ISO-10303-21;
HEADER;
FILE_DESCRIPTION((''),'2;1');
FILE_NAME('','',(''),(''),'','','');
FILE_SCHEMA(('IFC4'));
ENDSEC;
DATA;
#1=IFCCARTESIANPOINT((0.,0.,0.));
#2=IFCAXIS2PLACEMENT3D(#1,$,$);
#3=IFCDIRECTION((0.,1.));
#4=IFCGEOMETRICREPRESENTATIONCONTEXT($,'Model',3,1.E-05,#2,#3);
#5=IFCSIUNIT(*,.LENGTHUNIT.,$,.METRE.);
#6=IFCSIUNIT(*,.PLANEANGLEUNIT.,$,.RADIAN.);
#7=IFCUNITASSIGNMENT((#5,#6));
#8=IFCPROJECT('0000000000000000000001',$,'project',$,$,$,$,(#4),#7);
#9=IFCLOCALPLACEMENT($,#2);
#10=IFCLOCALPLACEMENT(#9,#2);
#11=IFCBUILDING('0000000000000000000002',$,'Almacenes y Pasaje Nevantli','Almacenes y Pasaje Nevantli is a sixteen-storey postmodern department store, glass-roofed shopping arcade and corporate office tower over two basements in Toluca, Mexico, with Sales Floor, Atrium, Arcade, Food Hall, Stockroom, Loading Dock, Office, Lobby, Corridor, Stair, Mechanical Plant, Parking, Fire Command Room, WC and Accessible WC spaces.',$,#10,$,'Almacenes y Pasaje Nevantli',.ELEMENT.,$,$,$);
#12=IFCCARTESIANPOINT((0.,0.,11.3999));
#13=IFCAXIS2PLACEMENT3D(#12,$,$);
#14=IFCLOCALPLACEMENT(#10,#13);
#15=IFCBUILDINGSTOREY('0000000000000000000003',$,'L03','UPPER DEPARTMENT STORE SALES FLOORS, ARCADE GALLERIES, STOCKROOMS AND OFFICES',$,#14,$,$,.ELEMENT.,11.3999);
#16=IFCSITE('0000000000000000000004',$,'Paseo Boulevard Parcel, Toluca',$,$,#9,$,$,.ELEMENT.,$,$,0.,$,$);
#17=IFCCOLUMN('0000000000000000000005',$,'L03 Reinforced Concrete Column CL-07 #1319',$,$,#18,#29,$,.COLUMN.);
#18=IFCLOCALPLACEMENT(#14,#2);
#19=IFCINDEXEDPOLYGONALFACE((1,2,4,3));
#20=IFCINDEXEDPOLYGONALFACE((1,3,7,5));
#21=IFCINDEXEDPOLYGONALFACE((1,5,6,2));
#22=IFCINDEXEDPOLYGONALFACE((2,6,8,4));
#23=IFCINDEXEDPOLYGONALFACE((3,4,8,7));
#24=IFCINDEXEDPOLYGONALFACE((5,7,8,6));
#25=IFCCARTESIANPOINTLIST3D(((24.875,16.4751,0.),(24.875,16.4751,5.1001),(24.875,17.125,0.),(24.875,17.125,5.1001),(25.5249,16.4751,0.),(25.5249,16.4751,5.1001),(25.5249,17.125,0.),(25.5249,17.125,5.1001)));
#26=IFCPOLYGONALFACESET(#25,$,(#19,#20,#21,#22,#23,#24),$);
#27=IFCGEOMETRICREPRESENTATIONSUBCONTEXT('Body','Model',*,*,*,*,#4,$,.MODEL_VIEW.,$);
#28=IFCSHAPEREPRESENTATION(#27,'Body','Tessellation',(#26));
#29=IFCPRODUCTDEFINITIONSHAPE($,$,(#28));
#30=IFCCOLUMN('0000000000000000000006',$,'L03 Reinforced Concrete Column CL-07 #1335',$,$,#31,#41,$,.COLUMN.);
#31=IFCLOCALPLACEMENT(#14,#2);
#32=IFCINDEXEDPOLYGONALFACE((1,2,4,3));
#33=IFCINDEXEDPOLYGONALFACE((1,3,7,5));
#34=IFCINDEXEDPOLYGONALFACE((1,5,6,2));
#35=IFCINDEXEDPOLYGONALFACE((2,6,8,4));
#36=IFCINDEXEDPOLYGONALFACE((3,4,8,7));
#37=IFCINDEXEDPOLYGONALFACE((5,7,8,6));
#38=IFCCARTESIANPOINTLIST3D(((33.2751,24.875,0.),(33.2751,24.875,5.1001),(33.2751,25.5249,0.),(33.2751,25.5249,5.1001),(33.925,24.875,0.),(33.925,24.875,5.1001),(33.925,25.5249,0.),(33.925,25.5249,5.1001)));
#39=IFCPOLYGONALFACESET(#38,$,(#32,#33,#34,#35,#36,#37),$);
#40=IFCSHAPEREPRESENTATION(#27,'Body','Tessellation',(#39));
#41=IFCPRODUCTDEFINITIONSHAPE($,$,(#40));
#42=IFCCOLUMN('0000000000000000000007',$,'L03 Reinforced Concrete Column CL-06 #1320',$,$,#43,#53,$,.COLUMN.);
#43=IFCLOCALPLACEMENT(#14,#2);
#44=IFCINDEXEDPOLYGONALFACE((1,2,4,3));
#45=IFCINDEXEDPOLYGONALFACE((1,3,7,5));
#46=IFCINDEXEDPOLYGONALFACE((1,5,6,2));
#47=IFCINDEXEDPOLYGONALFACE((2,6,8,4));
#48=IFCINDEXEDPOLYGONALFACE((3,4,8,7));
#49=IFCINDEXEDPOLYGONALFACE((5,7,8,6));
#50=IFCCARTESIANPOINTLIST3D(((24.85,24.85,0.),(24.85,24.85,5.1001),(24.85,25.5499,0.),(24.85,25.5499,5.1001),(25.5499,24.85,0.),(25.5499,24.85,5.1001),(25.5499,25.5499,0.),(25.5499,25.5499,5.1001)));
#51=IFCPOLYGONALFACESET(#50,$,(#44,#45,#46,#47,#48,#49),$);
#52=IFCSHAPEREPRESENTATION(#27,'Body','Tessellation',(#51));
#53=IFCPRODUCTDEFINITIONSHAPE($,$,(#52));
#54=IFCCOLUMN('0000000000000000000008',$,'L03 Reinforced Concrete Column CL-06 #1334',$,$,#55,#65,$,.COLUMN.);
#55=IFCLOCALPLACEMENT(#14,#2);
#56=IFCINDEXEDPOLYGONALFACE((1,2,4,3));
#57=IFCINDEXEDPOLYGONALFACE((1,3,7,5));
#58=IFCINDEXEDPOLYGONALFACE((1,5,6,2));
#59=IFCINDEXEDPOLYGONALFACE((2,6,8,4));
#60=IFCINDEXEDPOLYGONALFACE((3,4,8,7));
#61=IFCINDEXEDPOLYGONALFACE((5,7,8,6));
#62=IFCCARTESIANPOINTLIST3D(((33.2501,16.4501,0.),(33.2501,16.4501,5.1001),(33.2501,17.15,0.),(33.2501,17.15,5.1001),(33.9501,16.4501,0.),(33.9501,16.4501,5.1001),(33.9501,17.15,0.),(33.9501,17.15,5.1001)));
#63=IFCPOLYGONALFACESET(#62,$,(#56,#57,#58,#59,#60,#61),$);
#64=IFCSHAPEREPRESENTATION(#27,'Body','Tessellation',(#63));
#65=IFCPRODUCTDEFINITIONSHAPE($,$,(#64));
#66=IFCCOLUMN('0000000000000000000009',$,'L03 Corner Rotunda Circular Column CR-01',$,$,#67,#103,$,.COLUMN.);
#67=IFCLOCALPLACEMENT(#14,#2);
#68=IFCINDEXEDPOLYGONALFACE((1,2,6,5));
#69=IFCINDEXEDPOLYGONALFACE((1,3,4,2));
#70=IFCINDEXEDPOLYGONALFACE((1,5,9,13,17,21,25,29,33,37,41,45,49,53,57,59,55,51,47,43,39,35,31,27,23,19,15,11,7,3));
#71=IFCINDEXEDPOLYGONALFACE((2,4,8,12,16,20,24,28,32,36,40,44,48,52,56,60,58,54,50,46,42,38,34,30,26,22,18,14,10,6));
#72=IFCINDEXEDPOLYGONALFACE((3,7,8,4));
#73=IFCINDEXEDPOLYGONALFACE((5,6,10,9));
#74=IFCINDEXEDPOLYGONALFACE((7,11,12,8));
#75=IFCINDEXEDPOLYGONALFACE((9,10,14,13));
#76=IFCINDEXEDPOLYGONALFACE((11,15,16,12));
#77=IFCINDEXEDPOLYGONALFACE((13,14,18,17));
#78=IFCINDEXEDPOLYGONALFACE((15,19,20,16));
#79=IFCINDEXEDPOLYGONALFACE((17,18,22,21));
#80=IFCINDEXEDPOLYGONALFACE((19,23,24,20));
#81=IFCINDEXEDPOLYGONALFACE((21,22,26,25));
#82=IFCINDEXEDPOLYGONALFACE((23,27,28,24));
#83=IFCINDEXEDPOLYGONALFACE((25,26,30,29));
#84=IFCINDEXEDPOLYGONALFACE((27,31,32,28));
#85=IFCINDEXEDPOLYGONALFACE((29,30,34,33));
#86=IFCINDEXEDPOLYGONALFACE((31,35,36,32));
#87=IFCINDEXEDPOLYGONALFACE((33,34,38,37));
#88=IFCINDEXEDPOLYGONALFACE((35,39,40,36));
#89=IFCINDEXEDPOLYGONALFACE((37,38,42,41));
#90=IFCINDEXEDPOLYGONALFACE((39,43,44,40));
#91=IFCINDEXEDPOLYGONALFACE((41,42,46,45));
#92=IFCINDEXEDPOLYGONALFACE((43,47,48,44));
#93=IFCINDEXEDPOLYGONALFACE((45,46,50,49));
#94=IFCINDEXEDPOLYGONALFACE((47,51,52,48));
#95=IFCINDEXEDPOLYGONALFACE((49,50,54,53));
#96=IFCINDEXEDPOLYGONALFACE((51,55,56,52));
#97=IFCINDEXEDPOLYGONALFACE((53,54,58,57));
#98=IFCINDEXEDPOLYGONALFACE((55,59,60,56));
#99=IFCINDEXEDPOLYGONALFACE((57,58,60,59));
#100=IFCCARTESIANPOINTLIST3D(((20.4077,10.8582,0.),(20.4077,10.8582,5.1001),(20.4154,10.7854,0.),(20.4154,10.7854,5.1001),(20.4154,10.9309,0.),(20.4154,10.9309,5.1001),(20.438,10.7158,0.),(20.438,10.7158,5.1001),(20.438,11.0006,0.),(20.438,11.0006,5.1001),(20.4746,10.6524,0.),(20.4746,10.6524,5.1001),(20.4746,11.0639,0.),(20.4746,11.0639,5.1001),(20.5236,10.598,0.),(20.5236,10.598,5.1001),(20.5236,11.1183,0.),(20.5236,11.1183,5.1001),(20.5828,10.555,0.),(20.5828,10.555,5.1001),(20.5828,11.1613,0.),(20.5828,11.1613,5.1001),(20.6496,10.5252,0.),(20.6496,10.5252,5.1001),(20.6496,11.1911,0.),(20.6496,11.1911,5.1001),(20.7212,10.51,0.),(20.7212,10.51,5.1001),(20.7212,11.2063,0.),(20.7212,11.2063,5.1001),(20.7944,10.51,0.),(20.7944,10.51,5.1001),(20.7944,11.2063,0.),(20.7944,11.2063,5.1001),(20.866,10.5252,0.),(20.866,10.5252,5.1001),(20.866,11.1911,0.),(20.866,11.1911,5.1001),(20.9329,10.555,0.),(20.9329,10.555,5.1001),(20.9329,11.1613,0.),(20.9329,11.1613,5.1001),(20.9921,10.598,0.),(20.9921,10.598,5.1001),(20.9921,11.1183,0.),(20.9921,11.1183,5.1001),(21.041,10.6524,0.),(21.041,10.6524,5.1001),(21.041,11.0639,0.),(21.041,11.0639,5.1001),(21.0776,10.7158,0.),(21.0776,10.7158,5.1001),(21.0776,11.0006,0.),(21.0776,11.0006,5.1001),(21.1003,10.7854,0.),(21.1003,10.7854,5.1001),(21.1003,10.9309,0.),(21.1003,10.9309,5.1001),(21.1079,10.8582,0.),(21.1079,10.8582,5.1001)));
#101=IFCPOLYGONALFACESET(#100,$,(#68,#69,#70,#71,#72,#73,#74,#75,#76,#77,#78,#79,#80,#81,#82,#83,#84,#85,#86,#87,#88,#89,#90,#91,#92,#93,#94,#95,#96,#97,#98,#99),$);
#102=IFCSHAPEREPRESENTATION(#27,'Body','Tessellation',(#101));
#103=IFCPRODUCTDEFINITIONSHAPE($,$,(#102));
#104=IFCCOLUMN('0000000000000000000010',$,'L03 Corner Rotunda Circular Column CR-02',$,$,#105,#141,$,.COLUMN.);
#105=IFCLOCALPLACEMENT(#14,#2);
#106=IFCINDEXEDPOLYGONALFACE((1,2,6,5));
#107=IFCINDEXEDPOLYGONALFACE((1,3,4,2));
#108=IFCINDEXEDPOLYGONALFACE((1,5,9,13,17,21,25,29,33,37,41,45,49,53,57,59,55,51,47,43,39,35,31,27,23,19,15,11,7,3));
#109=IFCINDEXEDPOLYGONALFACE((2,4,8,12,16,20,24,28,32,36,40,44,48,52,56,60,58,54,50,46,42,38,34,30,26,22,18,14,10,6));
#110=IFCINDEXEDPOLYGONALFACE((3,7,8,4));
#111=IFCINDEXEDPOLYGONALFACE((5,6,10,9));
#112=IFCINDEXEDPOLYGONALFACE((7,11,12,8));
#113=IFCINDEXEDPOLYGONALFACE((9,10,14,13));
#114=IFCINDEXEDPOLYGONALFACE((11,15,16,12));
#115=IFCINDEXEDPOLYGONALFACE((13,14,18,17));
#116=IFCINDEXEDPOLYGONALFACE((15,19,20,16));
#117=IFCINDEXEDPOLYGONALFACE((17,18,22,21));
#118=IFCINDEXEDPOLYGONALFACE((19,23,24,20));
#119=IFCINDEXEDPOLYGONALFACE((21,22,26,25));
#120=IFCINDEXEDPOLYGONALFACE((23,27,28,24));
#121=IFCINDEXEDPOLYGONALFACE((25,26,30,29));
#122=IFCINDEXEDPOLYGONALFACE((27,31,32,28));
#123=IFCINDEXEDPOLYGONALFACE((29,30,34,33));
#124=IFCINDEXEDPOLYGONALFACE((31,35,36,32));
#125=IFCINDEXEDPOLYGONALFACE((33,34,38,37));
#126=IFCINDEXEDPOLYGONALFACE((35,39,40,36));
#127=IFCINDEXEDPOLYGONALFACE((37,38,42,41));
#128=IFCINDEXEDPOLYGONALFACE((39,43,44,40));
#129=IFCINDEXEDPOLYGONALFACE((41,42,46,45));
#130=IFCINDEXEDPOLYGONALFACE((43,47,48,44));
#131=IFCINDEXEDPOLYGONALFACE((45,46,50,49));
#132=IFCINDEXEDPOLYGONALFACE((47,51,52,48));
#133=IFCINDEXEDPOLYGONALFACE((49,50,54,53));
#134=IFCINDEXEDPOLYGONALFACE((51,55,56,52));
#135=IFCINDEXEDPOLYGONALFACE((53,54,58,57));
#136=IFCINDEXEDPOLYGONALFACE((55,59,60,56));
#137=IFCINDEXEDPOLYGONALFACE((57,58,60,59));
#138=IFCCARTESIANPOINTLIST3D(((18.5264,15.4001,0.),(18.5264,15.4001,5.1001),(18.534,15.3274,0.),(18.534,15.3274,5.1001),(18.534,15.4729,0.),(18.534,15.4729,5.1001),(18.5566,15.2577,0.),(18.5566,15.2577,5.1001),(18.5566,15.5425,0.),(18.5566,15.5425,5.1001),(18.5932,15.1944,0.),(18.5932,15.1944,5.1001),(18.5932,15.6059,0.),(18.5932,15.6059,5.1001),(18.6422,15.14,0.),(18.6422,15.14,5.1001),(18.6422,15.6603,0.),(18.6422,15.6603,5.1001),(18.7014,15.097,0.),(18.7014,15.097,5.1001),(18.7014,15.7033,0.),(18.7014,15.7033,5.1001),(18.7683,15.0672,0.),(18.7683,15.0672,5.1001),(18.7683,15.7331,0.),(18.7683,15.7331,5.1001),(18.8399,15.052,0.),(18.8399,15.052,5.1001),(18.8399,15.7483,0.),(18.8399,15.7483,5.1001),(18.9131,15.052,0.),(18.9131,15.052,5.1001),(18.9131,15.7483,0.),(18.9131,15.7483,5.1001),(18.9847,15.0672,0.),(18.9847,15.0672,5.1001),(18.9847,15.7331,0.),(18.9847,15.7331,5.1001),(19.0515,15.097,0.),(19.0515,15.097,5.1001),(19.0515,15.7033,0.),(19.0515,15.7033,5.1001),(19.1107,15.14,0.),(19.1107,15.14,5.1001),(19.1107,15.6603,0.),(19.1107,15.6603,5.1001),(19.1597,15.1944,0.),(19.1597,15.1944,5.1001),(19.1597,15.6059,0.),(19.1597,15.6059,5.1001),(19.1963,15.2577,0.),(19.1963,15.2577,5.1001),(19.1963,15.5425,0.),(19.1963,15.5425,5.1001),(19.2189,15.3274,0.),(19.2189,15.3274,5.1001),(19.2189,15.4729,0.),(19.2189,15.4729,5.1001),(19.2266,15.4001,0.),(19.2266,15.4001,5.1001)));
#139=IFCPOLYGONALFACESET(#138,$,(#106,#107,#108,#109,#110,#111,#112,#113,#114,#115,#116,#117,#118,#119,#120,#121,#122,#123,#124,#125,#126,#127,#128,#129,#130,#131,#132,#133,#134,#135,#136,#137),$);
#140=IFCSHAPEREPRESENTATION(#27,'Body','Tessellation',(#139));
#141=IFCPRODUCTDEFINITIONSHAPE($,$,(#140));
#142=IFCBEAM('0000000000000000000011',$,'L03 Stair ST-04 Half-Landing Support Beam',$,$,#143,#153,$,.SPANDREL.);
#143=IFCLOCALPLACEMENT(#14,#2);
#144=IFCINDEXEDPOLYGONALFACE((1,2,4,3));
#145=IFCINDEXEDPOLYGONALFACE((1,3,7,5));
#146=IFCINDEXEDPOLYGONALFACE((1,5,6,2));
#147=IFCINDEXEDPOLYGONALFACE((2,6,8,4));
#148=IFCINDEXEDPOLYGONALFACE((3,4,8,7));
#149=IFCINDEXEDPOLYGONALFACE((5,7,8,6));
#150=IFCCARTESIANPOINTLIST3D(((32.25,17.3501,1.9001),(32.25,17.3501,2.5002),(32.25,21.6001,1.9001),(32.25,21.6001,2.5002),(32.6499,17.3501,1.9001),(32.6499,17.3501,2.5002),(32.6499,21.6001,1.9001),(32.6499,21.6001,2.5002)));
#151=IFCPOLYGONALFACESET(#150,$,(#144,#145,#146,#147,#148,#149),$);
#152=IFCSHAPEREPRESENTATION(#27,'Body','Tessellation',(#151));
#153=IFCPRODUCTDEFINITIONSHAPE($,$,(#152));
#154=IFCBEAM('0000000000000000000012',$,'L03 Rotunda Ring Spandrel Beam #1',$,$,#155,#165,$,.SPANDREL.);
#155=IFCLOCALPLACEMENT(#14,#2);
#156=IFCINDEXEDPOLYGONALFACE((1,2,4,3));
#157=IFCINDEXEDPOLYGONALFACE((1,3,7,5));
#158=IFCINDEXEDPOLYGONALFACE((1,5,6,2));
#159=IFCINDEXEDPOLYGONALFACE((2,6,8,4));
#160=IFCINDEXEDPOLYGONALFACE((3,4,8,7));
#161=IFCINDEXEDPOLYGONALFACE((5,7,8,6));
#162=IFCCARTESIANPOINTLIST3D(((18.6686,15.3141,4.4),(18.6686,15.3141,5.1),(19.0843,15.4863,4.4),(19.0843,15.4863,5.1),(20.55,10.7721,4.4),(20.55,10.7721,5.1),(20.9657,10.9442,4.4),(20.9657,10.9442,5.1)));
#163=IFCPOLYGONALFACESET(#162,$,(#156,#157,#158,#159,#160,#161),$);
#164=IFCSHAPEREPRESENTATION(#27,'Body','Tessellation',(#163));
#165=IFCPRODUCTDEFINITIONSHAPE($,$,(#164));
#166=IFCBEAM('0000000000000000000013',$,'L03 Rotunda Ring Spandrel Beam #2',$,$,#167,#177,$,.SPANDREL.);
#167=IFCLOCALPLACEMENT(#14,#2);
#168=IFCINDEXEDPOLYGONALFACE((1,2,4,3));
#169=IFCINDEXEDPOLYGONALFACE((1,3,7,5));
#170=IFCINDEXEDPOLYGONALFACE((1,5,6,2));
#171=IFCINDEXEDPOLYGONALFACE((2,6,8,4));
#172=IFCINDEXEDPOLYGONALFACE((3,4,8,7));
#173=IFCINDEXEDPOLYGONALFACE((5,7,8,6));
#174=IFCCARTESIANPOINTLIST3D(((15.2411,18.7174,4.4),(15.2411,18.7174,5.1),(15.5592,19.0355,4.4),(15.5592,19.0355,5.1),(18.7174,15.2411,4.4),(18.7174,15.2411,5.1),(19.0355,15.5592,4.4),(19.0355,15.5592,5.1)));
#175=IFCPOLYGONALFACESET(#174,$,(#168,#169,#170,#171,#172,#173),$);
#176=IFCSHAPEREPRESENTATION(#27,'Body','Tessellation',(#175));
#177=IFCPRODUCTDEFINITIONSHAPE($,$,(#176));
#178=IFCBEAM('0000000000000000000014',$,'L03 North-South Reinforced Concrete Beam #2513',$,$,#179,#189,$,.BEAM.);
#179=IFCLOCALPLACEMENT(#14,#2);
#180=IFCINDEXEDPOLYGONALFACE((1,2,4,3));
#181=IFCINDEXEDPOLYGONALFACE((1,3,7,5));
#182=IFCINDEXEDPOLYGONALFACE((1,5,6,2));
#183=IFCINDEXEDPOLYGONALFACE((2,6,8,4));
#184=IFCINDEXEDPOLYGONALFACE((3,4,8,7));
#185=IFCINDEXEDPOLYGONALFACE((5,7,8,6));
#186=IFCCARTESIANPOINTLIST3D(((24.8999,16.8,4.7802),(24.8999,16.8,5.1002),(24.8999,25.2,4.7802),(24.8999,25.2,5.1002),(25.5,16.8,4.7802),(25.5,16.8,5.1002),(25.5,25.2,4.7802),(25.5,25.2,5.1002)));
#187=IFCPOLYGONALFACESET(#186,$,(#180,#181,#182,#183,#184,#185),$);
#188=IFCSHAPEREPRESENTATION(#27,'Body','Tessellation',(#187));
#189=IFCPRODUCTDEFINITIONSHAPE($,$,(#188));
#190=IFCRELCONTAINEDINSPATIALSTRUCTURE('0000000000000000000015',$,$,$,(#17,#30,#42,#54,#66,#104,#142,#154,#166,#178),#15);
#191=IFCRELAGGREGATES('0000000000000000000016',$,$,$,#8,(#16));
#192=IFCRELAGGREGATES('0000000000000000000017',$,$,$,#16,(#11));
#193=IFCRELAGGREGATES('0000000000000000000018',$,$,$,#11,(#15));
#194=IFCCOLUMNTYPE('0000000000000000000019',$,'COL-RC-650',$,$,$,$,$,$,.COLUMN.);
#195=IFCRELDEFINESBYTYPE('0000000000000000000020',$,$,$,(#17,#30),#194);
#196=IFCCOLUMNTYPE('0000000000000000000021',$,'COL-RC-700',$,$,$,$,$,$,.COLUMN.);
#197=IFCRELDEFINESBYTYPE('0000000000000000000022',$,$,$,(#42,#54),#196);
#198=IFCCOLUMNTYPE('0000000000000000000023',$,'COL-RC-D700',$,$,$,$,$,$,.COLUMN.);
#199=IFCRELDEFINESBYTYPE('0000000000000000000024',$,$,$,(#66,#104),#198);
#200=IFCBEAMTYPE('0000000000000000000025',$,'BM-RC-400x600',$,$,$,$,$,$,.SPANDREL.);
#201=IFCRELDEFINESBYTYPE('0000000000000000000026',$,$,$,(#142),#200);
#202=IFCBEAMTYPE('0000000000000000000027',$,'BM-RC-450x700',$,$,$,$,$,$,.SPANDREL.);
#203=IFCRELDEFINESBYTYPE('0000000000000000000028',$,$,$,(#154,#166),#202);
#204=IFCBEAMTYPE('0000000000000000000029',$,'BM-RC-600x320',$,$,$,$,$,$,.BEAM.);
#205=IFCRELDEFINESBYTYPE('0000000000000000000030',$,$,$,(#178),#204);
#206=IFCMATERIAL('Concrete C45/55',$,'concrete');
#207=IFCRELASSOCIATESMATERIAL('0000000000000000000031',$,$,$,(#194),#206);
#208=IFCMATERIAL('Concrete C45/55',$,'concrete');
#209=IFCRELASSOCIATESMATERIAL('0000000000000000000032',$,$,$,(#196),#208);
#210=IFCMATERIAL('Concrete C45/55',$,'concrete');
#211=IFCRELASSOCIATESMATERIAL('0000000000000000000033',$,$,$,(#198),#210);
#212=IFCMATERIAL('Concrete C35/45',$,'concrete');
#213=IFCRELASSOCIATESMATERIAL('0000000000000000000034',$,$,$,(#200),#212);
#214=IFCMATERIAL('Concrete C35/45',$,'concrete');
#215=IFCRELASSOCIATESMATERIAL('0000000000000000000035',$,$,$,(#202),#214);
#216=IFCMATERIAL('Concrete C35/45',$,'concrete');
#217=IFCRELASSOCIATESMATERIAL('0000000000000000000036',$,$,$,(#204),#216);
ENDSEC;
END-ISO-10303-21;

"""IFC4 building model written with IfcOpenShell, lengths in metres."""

from ifc_helpers import new_model, si_unit, direction, frame, origin, origin_2d, place, context, subcontext, project, spatial, rectangle, circle, extrude, material, material_profile, profile_set, type_object, element, save


model = new_model("IFC4")

# Units and contexts
model_context = context("Model", 3, precision=1e-05, world=origin(), true_north=direction((0.0, 1.0)))
body_context = subcontext(model_context, "Body", "Model", "MODEL_VIEW")
ifc_project = project(units=[si_unit("LENGTHUNIT", "METRE"), si_unit("PLANEANGLEUNIT", "RADIAN")], contexts=[model_context])

# Site, building, storey
site_placement = place(None, origin())
site = spatial("IfcSite", under=ifc_project, at=site_placement, Name="Paseo Boulevard Parcel, Toluca", CompositionType="ELEMENT", RefElevation=0.0)
building_placement = place(site_placement, origin())
building = spatial("IfcBuilding", under=site, at=building_placement, Name="Almacenes y Pasaje Nevantli", Description="Almacenes y Pasaje Nevantli is a sixteen-storey postmodern department store, glass-roofed shopping arcade and corporate office tower over two basements in Toluca, Mexico, with Sales Floor, Atrium, Arcade, Food Hall, Stockroom, Loading Dock, Office, Lobby, Corridor, Stair, Mechanical Plant, Parking, Fire Command Room, WC and Accessible WC spaces.", LongName="Almacenes y Pasaje Nevantli", CompositionType="ELEMENT")
storey_placement = place(building_placement, frame((0.0, 0.0, 11.3999)))
storey = spatial("IfcBuildingStorey", under=building, at=storey_placement, Name="L03", Description="UPPER DEPARTMENT STORE SALES FLOORS, ARCADE GALLERIES, STOCKROOMS AND OFFICES", CompositionType="ELEMENT", Elevation=11.3999)

# Columns
ifc_material_1 = material(Name="Concrete C45/55", Category="concrete")
ifc_material_profile_1 = material_profile(ifc_material_1, rectangle(XDim=0.6499, YDim=0.6499, at=origin_2d()), Name="RC-COL-650x650")
ifc_profile_set_1 = profile_set([ifc_material_profile_1], Name="Concrete C45/55")
column_type_1 = type_object("IfcColumnType", Name="COL-RC-650", PredefinedType="COLUMN", material=ifc_profile_set_1)
for number, where, z_axis, x_axis, name in (
    (1, (25.2, 16.8, 0.0), (0.0, 0.0, 1.0), (1.0, 0.0, 0.0), "L03 Reinforced Concrete Column CL-07 #1319"),
    (2, (33.6001, 25.2, 0.0), (0.0, 0.0, 1.0), (1.0, 0.0, 0.0), "L03 Reinforced Concrete Column CL-07 #1335"),
):
    element("IfcColumn", number, at=place(storey_placement, frame(where, z_axis=z_axis, x_axis=x_axis)), inside=storey, type_object=column_type_1, Name=name, PredefinedType="COLUMN", context=body_context, shape_type="SweptSolid", body=[
        extrude(rectangle(XDim=0.6499, YDim=0.6499, at=origin_2d()), origin(), (0.0, 0.0, 1.0), 5.1001),
    ])
ifc_material_2 = material(Name="Concrete C45/55", Category="concrete")
ifc_material_profile_2 = material_profile(ifc_material_2, rectangle(XDim=0.7, YDim=0.7, at=origin_2d()), Name="RC-COL-700x700")
ifc_profile_set_2 = profile_set([ifc_material_profile_2], Name="Concrete C45/55")
column_type_2 = type_object("IfcColumnType", Name="COL-RC-700", PredefinedType="COLUMN", material=ifc_profile_set_2)
for number, where, z_axis, x_axis, name in (
    (3, (25.2, 25.2, 0.0), (0.0, 0.0, 1.0), (1.0, 0.0, 0.0), "L03 Reinforced Concrete Column CL-06 #1320"),
    (4, (33.6001, 16.8, 0.0), (0.0, 0.0, 1.0), (1.0, 0.0, 0.0), "L03 Reinforced Concrete Column CL-06 #1334"),
):
    element("IfcColumn", number, at=place(storey_placement, frame(where, z_axis=z_axis, x_axis=x_axis)), inside=storey, type_object=column_type_2, Name=name, PredefinedType="COLUMN", context=body_context, shape_type="SweptSolid", body=[
        extrude(rectangle(XDim=0.7, YDim=0.7, at=origin_2d()), origin(), (0.0, 0.0, 1.0), 5.1001),
    ])
ifc_material_3 = material(Name="Concrete C45/55", Category="concrete")
ifc_material_profile_3 = material_profile(ifc_material_3, circle(Radius=0.3501, at=origin_2d()), Name="RC-COL-D700")
ifc_profile_set_3 = profile_set([ifc_material_profile_3], Name="Concrete C45/55")
column_type_3 = type_object("IfcColumnType", Name="COL-RC-D700", PredefinedType="COLUMN", material=ifc_profile_set_3)
for number, where, z_axis, x_axis, name in (
    (5, (20.7578, 10.8582, 0.0), (0.0, 0.0, 1.0), (1.0, 0.0, 0.0), "L03 Corner Rotunda Circular Column CR-01"),
    (6, (18.8765, 15.4001, 0.0), (0.0, 0.0, 1.0), (1.0, 0.0, 0.0), "L03 Corner Rotunda Circular Column CR-02"),
):
    element("IfcColumn", number, at=place(storey_placement, frame(where, z_axis=z_axis, x_axis=x_axis)), inside=storey, type_object=column_type_3, Name=name, PredefinedType="COLUMN", context=body_context, shape_type="SweptSolid", body=[
        extrude(circle(Radius=0.3501, at=origin_2d()), origin(), (0.0, 0.0, 1.0), 5.1001),
    ])

# Beams
ifc_material_4 = material(Name="Concrete C35/45", Category="concrete")
ifc_material_profile_4 = material_profile(ifc_material_4, rectangle(XDim=0.3999, YDim=0.6001, at=origin_2d()), Name="RC-BM-400x600")
ifc_profile_set_4 = profile_set([ifc_material_profile_4], Name="Concrete C35/45")
beam_type_1 = type_object("IfcBeamType", Name="BM-RC-400x600", PredefinedType="SPANDREL", material=ifc_profile_set_4)
beam_1_placement = place(storey_placement, frame((32.45, 17.3501, 2.2002), z_axis=(0.0, 1.0, 0.0), x_axis=(-1.0, 0.0, 0.0)))
element("IfcBeam", 7, at=beam_1_placement, inside=storey, type_object=beam_type_1, Name="L03 Stair ST-04 Half-Landing Support Beam", PredefinedType="SPANDREL", context=body_context, shape_type="SweptSolid", body=[
    extrude(rectangle(XDim=0.3999, YDim=0.6001, at=origin_2d()), origin(), (0.0, 0.0, 1.0), 4.25),
])
ifc_material_5 = material(Name="Concrete C35/45", Category="concrete")
ifc_material_profile_5 = material_profile(ifc_material_5, rectangle(XDim=0.45, YDim=0.7, at=origin_2d()), Name="RC-BM-450x700")
ifc_profile_set_5 = profile_set([ifc_material_profile_5], Name="Concrete C35/45")
beam_type_2 = type_object("IfcBeamType", Name="BM-RC-450x700", PredefinedType="SPANDREL", material=ifc_profile_set_5)
for number, where, z_axis, x_axis, name in (
    (8, (20.7578, 10.8582, 4.75), (-0.382682, 0.92388, 0.0), (-0.92388, -0.382682, 0.0), "L03 Rotunda Ring Spandrel Beam #1"),
    (9, (18.8765, 15.4001, 4.75), (-0.707107, 0.707107, 0.0), (-0.707107, -0.707107, 0.0), "L03 Rotunda Ring Spandrel Beam #2"),
):
    element("IfcBeam", number, at=place(storey_placement, frame(where, z_axis=z_axis, x_axis=x_axis)), inside=storey, type_object=beam_type_2, Name=name, PredefinedType="SPANDREL", context=body_context, shape_type="SweptSolid", body=[
        extrude(rectangle(XDim=0.45, YDim=0.7, at=origin_2d()), origin(), (0.0, 0.0, 1.0), 4.9163),
    ])
ifc_material_6 = material(Name="Concrete C35/45", Category="concrete")
ifc_material_profile_6 = material_profile(ifc_material_6, rectangle(XDim=0.6001, YDim=0.3201, at=origin_2d()), Name="RC-BM-600x320")
ifc_profile_set_6 = profile_set([ifc_material_profile_6], Name="Concrete C35/45")
beam_type_3 = type_object("IfcBeamType", Name="BM-RC-600x320", PredefinedType="BEAM", material=ifc_profile_set_6)
beam_2_placement = place(storey_placement, frame((25.2, 16.8, 4.9402), z_axis=(0.0, 1.0, 0.0), x_axis=(-1.0, 0.0, 0.0)))
element("IfcBeam", 10, at=beam_2_placement, inside=storey, type_object=beam_type_3, Name="L03 North-South Reinforced Concrete Beam #2513", PredefinedType="BEAM", context=body_context, shape_type="SweptSolid", body=[
    extrude(rectangle(XDim=0.6001, YDim=0.3201, at=origin_2d()), origin(), (0.0, 0.0, 1.0), 8.3999),
])

save(model, "model.ifc")
